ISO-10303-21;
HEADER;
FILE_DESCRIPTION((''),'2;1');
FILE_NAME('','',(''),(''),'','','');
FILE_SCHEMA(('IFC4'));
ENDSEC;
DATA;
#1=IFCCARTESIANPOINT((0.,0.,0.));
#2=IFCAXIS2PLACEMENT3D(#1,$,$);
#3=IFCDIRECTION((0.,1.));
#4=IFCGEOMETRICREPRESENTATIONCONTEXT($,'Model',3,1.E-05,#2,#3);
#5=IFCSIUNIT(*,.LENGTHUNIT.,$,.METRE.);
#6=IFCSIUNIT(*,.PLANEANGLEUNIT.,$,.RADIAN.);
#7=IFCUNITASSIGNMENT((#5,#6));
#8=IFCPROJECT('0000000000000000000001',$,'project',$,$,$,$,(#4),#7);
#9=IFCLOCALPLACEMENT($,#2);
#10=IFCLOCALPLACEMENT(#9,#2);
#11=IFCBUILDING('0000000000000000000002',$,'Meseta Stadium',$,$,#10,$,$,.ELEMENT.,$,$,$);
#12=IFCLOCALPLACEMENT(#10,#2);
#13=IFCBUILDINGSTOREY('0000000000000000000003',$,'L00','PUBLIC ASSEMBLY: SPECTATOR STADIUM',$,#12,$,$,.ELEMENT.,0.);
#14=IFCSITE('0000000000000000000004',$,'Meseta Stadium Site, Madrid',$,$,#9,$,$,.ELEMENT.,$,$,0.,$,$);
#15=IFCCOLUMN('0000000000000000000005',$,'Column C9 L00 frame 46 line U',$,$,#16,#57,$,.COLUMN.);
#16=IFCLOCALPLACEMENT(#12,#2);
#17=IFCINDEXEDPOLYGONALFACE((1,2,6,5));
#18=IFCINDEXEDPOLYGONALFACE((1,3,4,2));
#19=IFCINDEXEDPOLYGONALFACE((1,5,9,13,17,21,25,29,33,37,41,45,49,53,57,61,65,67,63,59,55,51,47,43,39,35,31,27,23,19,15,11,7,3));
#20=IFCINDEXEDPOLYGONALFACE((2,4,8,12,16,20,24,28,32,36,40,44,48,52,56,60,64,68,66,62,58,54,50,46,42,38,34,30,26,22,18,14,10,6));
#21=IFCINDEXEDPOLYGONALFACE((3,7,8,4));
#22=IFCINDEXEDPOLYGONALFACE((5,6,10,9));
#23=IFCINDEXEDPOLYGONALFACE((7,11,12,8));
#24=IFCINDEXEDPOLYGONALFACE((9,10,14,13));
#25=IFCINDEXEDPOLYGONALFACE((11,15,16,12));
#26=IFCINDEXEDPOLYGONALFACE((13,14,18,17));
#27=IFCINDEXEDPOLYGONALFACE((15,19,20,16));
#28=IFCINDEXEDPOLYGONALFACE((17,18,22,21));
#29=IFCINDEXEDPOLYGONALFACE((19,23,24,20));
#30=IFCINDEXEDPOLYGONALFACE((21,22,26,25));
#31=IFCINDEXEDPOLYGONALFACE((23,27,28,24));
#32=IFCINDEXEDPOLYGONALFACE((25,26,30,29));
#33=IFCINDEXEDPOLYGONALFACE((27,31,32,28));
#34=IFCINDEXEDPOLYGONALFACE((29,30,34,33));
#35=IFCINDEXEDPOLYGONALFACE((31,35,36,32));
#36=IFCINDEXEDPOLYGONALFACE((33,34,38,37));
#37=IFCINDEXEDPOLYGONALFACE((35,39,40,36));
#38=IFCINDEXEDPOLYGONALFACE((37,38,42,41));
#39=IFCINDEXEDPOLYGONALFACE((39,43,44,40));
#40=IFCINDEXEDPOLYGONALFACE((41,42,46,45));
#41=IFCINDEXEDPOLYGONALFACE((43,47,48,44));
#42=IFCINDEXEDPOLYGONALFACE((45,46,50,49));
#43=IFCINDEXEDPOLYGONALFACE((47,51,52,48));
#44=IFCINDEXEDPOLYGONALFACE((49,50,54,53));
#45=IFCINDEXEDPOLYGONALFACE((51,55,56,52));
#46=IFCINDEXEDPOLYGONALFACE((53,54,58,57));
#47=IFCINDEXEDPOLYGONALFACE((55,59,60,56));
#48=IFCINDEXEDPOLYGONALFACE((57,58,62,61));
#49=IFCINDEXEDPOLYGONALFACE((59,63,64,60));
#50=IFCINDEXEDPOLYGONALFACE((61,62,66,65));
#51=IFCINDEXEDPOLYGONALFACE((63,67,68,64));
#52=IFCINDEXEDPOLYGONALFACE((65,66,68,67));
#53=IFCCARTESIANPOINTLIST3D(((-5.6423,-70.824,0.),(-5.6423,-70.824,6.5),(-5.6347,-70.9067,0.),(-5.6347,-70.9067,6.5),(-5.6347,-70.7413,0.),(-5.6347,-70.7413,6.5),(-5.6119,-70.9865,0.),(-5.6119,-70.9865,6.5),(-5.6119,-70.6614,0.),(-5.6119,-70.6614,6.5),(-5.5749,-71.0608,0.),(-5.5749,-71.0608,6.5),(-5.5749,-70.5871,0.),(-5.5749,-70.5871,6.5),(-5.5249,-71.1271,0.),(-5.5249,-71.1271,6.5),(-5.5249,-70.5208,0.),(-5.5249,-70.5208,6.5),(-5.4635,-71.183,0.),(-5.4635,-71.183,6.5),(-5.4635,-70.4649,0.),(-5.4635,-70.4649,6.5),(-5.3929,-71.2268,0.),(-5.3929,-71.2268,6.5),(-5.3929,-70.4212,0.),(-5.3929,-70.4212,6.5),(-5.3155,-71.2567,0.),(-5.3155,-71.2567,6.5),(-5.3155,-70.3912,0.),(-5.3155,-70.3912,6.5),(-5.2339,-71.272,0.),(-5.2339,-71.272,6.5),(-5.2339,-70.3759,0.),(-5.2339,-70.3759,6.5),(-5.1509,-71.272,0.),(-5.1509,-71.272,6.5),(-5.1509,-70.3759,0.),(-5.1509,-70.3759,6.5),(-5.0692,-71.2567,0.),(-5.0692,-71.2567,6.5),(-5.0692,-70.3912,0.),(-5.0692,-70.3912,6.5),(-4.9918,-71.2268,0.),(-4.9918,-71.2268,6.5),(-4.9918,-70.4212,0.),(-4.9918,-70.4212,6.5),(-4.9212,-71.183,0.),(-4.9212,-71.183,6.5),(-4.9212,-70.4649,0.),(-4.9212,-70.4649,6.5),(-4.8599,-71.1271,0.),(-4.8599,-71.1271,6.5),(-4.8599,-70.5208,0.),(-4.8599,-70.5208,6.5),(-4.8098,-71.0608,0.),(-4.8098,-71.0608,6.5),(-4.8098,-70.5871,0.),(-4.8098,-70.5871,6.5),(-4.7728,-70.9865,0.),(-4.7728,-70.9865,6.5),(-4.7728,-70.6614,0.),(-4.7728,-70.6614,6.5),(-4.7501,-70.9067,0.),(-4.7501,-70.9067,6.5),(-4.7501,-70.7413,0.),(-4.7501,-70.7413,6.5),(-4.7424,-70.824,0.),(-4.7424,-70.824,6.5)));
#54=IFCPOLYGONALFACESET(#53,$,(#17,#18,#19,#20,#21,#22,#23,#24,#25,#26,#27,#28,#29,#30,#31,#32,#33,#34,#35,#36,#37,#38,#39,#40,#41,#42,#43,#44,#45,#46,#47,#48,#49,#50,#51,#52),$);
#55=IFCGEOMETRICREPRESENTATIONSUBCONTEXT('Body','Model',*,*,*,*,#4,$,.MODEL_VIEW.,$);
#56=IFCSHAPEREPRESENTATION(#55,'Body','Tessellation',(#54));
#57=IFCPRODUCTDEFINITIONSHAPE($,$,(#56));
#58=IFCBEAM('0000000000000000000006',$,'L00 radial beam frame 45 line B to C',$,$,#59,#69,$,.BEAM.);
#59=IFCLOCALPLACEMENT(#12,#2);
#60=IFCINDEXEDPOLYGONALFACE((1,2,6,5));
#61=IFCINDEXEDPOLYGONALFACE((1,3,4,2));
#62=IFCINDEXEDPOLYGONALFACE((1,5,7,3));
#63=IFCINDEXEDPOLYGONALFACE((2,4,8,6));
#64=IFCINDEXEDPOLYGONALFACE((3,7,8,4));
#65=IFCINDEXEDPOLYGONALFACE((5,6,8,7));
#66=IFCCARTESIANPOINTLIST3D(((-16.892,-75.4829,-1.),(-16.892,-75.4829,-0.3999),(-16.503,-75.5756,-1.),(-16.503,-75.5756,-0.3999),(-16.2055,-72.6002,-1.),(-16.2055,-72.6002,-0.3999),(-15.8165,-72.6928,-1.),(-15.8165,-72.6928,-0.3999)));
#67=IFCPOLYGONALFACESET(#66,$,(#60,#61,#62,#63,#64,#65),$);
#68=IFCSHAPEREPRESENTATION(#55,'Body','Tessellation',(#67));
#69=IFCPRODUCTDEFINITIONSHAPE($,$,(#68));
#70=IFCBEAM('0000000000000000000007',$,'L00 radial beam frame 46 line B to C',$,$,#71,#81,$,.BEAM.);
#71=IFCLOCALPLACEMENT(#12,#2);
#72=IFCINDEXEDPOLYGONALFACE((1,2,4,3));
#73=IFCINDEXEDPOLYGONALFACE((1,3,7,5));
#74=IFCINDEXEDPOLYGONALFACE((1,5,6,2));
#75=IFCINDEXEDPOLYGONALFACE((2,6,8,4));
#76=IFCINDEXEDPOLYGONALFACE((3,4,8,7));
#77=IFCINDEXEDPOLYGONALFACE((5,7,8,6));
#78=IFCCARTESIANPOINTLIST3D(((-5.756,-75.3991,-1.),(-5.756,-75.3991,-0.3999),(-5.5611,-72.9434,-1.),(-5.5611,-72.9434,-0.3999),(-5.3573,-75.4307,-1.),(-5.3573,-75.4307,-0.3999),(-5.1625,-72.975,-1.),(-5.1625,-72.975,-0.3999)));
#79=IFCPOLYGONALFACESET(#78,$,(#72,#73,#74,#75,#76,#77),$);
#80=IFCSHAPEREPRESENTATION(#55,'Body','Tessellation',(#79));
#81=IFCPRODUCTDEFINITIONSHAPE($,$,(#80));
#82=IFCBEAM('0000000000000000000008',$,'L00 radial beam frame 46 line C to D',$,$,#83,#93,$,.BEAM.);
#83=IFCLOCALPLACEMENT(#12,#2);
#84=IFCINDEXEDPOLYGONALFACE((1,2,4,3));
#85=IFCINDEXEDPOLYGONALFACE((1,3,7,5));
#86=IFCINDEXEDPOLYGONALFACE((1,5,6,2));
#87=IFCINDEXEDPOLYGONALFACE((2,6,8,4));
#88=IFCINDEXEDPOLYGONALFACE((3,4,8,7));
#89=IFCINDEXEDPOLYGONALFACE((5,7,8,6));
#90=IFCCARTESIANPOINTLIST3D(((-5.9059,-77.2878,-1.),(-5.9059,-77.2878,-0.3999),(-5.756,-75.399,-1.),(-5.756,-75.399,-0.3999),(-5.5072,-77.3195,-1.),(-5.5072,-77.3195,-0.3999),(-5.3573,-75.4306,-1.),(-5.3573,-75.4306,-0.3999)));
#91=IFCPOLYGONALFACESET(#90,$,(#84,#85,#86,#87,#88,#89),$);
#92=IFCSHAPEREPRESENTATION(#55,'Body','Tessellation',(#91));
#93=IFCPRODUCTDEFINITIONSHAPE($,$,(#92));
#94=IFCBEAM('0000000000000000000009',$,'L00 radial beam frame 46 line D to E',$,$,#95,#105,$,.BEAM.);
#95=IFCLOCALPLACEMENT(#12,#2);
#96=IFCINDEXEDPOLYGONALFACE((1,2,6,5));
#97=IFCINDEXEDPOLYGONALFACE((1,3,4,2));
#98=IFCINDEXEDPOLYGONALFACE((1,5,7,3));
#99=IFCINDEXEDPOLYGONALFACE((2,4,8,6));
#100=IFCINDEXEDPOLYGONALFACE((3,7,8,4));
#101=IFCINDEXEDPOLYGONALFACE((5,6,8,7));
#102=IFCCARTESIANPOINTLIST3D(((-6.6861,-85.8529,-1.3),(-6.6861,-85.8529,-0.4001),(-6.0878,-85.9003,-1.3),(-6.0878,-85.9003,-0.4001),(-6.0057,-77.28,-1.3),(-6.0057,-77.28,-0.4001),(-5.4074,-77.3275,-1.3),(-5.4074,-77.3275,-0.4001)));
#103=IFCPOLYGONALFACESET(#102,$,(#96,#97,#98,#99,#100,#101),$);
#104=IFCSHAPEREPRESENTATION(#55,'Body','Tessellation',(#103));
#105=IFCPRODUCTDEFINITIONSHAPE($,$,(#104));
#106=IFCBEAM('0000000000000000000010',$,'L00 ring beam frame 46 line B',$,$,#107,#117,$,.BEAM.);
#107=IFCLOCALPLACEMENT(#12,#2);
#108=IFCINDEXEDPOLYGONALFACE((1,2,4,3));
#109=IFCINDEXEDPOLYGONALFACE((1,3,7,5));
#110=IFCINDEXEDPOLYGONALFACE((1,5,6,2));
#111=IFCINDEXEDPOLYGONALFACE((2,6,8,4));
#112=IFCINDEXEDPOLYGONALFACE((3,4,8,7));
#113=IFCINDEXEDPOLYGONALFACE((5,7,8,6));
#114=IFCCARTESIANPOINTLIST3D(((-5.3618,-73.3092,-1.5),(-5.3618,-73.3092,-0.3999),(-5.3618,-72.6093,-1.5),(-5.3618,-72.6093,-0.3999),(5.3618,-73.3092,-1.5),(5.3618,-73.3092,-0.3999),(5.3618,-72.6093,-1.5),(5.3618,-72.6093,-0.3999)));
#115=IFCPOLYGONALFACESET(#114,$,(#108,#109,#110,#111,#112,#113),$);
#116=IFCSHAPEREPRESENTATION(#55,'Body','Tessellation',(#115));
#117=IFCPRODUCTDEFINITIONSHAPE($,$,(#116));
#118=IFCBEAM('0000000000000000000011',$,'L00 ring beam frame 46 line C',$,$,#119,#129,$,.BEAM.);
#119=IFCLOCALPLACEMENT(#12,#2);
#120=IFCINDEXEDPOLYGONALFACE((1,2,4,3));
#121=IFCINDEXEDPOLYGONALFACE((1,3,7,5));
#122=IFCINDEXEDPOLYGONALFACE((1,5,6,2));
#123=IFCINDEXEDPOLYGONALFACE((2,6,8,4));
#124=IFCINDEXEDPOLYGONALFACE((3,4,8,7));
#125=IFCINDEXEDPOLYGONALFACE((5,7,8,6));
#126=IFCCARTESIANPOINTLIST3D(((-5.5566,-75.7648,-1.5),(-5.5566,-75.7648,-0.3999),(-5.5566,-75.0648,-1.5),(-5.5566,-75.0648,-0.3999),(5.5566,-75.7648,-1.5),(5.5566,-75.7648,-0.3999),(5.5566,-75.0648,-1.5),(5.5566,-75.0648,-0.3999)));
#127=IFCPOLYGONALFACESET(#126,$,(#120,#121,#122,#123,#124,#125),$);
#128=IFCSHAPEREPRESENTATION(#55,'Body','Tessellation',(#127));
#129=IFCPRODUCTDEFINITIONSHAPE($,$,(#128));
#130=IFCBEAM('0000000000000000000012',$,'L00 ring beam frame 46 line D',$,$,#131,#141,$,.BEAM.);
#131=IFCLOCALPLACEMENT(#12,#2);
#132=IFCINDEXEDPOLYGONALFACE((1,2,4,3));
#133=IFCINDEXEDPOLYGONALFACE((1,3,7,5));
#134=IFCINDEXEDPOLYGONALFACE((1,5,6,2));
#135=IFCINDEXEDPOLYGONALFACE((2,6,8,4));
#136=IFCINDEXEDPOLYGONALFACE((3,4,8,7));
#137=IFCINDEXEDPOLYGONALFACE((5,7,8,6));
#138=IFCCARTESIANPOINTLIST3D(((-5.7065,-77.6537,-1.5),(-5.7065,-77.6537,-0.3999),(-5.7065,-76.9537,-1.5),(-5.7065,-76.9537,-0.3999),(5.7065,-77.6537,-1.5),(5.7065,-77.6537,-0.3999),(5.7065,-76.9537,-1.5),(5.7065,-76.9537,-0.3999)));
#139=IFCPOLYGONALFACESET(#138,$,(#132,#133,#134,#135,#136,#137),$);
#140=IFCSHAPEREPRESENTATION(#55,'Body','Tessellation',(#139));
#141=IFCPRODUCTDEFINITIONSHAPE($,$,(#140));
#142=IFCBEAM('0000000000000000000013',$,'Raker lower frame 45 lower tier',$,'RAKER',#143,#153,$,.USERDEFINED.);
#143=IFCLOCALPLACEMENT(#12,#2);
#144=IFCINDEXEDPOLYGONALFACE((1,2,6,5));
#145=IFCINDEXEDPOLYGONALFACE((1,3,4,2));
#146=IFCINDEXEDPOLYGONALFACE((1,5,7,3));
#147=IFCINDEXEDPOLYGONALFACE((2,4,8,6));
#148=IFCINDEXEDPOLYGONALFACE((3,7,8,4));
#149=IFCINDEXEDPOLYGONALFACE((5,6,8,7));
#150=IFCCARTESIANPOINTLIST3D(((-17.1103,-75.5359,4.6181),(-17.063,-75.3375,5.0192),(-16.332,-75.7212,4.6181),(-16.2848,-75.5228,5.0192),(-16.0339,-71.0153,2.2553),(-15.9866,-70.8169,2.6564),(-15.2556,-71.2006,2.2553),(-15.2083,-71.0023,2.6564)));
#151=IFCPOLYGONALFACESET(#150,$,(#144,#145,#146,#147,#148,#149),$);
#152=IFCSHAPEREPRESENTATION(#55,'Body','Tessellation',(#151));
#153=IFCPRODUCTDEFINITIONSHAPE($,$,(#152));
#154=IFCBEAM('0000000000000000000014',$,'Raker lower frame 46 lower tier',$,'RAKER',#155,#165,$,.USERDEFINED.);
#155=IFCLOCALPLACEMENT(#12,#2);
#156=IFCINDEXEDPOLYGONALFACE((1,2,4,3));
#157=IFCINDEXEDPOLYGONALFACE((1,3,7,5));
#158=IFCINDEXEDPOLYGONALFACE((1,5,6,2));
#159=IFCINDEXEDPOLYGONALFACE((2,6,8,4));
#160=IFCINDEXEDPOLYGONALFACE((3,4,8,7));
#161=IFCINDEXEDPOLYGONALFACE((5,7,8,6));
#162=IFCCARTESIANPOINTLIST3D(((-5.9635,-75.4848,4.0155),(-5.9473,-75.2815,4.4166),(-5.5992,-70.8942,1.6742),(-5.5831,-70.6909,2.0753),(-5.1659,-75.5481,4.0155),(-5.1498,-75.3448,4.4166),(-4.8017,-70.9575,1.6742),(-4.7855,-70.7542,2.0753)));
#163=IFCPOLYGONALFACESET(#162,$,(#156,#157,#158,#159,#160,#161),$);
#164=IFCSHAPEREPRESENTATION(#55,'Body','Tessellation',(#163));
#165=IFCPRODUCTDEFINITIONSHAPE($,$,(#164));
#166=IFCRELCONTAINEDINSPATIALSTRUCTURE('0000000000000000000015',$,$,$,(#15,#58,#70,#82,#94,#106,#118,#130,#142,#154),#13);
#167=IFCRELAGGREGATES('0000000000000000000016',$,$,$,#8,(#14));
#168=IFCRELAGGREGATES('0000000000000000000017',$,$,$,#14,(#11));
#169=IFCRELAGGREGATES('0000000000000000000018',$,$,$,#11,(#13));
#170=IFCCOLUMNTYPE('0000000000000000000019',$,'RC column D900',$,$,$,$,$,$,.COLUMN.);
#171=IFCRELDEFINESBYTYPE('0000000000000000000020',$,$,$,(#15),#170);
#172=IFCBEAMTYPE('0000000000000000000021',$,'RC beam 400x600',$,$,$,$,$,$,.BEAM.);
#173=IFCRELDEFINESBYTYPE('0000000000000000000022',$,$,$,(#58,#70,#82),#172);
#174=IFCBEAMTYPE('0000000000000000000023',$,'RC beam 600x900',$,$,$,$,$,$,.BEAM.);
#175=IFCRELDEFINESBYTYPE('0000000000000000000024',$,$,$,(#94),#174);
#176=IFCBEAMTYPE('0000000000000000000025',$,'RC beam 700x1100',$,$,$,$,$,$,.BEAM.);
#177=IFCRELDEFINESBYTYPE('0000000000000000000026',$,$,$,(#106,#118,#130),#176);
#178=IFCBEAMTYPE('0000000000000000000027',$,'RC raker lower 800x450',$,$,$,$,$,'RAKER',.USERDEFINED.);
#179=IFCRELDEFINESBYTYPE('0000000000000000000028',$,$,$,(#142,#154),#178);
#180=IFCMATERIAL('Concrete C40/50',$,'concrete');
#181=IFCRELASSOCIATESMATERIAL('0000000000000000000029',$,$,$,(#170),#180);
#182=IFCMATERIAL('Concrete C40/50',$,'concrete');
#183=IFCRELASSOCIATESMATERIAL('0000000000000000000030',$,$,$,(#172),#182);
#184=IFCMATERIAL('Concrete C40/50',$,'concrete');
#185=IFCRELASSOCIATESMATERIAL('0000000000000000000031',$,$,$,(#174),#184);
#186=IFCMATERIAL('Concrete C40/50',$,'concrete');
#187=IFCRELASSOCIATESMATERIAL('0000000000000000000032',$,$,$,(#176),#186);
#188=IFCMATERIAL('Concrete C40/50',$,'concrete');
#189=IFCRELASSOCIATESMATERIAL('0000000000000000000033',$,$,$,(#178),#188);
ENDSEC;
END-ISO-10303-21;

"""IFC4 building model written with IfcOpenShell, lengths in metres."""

from ifc_helpers import new_model, si_unit, direction, frame, origin, origin_2d, place, context, subcontext, project, spatial, rectangle, circle, extrude, material, material_profile, profile_set, type_object, element, save


model = new_model("IFC4")

# Units and contexts
model_context = context("Model", 3, precision=1e-05, world=origin(), true_north=direction((0.0, 1.0)))
body_context = subcontext(model_context, "Body", "Model", "MODEL_VIEW")
ifc_project = project(units=[si_unit("LENGTHUNIT", "METRE"), si_unit("PLANEANGLEUNIT", "RADIAN")], contexts=[model_context])

# Site, building, storey
site_placement = place(None, origin())
site = spatial("IfcSite", under=ifc_project, at=site_placement, Name="Meseta Stadium Site, Madrid", CompositionType="ELEMENT", RefElevation=0.0)
building_placement = place(site_placement, origin())
building = spatial("IfcBuilding", under=site, at=building_placement, Name="Meseta Stadium", CompositionType="ELEMENT")
storey_placement = place(building_placement, origin())
storey = spatial("IfcBuildingStorey", under=building, at=storey_placement, Name="L00", Description="PUBLIC ASSEMBLY: SPECTATOR STADIUM", CompositionType="ELEMENT", Elevation=0.0)

# Column
ifc_material_1 = material(Name="Concrete C40/50", Category="concrete")
ifc_material_profile_1 = material_profile(ifc_material_1, circle(Radius=0.45, at=origin_2d()), Name="RC D900")
ifc_profile_set_1 = profile_set([ifc_material_profile_1], Name="Concrete C40/50")
column_type_1 = type_object("IfcColumnType", Name="RC column D900", PredefinedType="COLUMN", material=ifc_profile_set_1)
for number, where, z_axis, x_axis, name in (
    (1, (-5.1924, -70.824, 0.0), (0.0, 0.0, 1.0), (1.0, 0.0, 0.0), "Column C9 L00 frame 46 line U"),
):
    element("IfcColumn", number, at=place(storey_placement, frame(where, z_axis=z_axis, x_axis=x_axis)), inside=storey, type_object=column_type_1, Name=name, PredefinedType="COLUMN", context=body_context, shape_type="SweptSolid", body=[
        extrude(circle(Radius=0.45, at=origin_2d()), origin(), (0.0, 0.0, 1.0), 6.5),
    ])

# Beams
ifc_material_2 = material(Name="Concrete C40/50", Category="concrete")
ifc_material_profile_2 = material_profile(ifc_material_2, rectangle(XDim=0.3999, YDim=0.6001, at=origin_2d()), Name="RC 400x600")
ifc_profile_set_2 = profile_set([ifc_material_profile_2], Name="Concrete C40/50")
beam_type_1 = type_object("IfcBeamType", Name="RC beam 400x600", PredefinedType="BEAM", material=ifc_profile_set_2)
beam_1_placement = place(storey_placement, frame((-16.011, -72.6465, -0.7), z_axis=(-0.231665, -0.972796, 0.0), x_axis=(0.972796, -0.231665, 0.0)))
element("IfcBeam", 2, at=beam_1_placement, inside=storey, type_object=beam_type_1, Name="L00 radial beam frame 45 line B to C", PredefinedType="BEAM", context=body_context, shape_type="SweptSolid", body=[
    extrude(rectangle(XDim=0.3999, YDim=0.6001, at=origin_2d()), origin(), (0.0, 0.0, 1.0), 2.9634),
])
beam_2_placement = place(storey_placement, frame((-5.3618, -72.9592, -0.7), z_axis=(-0.079091, -0.996867, 0.0), x_axis=(0.996867, -0.079091, 0.0)))
element("IfcBeam", 3, at=beam_2_placement, inside=storey, type_object=beam_type_1, Name="L00 radial beam frame 46 line B to C", PredefinedType="BEAM", context=body_context, shape_type="SweptSolid", body=[
    extrude(rectangle(XDim=0.3999, YDim=0.6001, at=origin_2d()), origin(), (0.0, 0.0, 1.0), 2.4634),
])
beam_3_placement = place(storey_placement, frame((-5.5566, -75.4148, -0.7), z_axis=(-0.07911, -0.996866, 0.0), x_axis=(0.996866, -0.07911, 0.0)))
element("IfcBeam", 4, at=beam_3_placement, inside=storey, type_object=beam_type_1, Name="L00 radial beam frame 46 line C to D", PredefinedType="BEAM", context=body_context, shape_type="SweptSolid", body=[
    extrude(rectangle(XDim=0.3999, YDim=0.6001, at=origin_2d()), origin(), (0.0, 0.0, 1.0), 1.8948),
])
ifc_material_3 = material(Name="Concrete C40/50", Category="concrete")
ifc_material_profile_3 = material_profile(ifc_material_3, rectangle(XDim=0.6001, YDim=0.8999, at=origin_2d()), Name="RC 600x900")
ifc_profile_set_3 = profile_set([ifc_material_profile_3], Name="Concrete C40/50")
beam_type_2 = type_object("IfcBeamType", Name="RC beam 600x900", PredefinedType="BEAM", material=ifc_profile_set_3)
beam_4_placement = place(storey_placement, frame((-5.7065, -77.3037, -0.8501), z_axis=(-0.079119, -0.996865, 0.0), x_axis=(0.996865, -0.079119, 0.0)))
element("IfcBeam", 5, at=beam_4_placement, inside=storey, type_object=beam_type_2, Name="L00 radial beam frame 46 line D to E", PredefinedType="BEAM", context=body_context, shape_type="SweptSolid", body=[
    extrude(rectangle(XDim=0.6001, YDim=0.8999, at=origin_2d()), origin(), (0.0, 0.0, 1.0), 8.5999),
])
ifc_material_4 = material(Name="Concrete C40/50", Category="concrete")
ifc_material_profile_4 = material_profile(ifc_material_4, rectangle(XDim=0.7, YDim=1.1001, at=origin_2d()), Name="RC 700x1100")
ifc_profile_set_4 = profile_set([ifc_material_profile_4], Name="Concrete C40/50")
beam_type_3 = type_object("IfcBeamType", Name="RC beam 700x1100", PredefinedType="BEAM", material=ifc_profile_set_4)
beam_5_placement = place(storey_placement, frame((-5.3618, -72.9592, -0.95), z_axis=(1.0, 0.0, 0.0), x_axis=(0.0, 1.0, 0.0)))
element("IfcBeam", 6, at=beam_5_placement, inside=storey, type_object=beam_type_3, Name="L00 ring beam frame 46 line B", PredefinedType="BEAM", context=body_context, shape_type="SweptSolid", body=[
    extrude(rectangle(XDim=0.7, YDim=1.1001, at=origin_2d()), origin(), (0.0, 0.0, 1.0), 10.7236),
])
beam_6_placement = place(storey_placement, frame((-5.5566, -75.4148, -0.95), z_axis=(1.0, 0.0, 0.0), x_axis=(0.0, 1.0, 0.0)))
element("IfcBeam", 7, at=beam_6_placement, inside=storey, type_object=beam_type_3, Name="L00 ring beam frame 46 line C", PredefinedType="BEAM", context=body_context, shape_type="SweptSolid", body=[
    extrude(rectangle(XDim=0.7, YDim=1.1001, at=origin_2d()), origin(), (0.0, 0.0, 1.0), 11.1133),
])
beam_7_placement = place(storey_placement, frame((-5.7065, -77.3037, -0.95), z_axis=(1.0, 0.0, 0.0), x_axis=(0.0, 1.0, 0.0)))
element("IfcBeam", 8, at=beam_7_placement, inside=storey, type_object=beam_type_3, Name="L00 ring beam frame 46 line D", PredefinedType="BEAM", context=body_context, shape_type="SweptSolid", body=[
    extrude(rectangle(XDim=0.7, YDim=1.1001, at=origin_2d()), origin(), (0.0, 0.0, 1.0), 11.4131),
])
ifc_material_5 = material(Name="Concrete C40/50", Category="concrete")
ifc_material_profile_5 = material_profile(ifc_material_5, rectangle(XDim=0.8, YDim=0.45, at=origin_2d()), Name="RC 800x450")
ifc_profile_set_5 = profile_set([ifc_material_profile_5], Name="Concrete C40/50")
beam_type_4 = type_object("IfcBeamType", Name="RC raker lower 800x450", ElementType="RAKER", PredefinedType="USERDEFINED", material=ifc_profile_set_5)
beam_8_placement = place(storey_placement, frame((-15.6211, -71.0088, 2.4558), z_axis=(-0.206483, -0.867143, 0.453241), x_axis=(0.972801, -0.231642, 0.0)))
element("IfcBeam", 9, at=beam_8_placement, inside=storey, type_object=beam_type_4, Name="Raker lower frame 45 lower tier", ObjectType="RAKER", PredefinedType="USERDEFINED", context=body_context, shape_type="SweptSolid", body=[
    extrude(rectangle(XDim=0.8, YDim=0.45, at=origin_2d()), origin(), (0.0, 0.0, 1.0), 5.2131),
])
beam_9_placement = place(storey_placement, frame((-5.1924, -70.8242, 1.8748), z_axis=(-0.07051, -0.888609, 0.453213), x_axis=(0.996867, -0.0791, 0.0)))
element("IfcBeam", 10, at=beam_9_placement, inside=storey, type_object=beam_type_4, Name="Raker lower frame 46 lower tier", ObjectType="RAKER", PredefinedType="USERDEFINED", context=body_context, shape_type="SweptSolid", body=[
    extrude(rectangle(XDim=0.8, YDim=0.45, at=origin_2d()), origin(), (0.0, 0.0, 1.0), 5.166),
])

save(model, "model.ifc")
